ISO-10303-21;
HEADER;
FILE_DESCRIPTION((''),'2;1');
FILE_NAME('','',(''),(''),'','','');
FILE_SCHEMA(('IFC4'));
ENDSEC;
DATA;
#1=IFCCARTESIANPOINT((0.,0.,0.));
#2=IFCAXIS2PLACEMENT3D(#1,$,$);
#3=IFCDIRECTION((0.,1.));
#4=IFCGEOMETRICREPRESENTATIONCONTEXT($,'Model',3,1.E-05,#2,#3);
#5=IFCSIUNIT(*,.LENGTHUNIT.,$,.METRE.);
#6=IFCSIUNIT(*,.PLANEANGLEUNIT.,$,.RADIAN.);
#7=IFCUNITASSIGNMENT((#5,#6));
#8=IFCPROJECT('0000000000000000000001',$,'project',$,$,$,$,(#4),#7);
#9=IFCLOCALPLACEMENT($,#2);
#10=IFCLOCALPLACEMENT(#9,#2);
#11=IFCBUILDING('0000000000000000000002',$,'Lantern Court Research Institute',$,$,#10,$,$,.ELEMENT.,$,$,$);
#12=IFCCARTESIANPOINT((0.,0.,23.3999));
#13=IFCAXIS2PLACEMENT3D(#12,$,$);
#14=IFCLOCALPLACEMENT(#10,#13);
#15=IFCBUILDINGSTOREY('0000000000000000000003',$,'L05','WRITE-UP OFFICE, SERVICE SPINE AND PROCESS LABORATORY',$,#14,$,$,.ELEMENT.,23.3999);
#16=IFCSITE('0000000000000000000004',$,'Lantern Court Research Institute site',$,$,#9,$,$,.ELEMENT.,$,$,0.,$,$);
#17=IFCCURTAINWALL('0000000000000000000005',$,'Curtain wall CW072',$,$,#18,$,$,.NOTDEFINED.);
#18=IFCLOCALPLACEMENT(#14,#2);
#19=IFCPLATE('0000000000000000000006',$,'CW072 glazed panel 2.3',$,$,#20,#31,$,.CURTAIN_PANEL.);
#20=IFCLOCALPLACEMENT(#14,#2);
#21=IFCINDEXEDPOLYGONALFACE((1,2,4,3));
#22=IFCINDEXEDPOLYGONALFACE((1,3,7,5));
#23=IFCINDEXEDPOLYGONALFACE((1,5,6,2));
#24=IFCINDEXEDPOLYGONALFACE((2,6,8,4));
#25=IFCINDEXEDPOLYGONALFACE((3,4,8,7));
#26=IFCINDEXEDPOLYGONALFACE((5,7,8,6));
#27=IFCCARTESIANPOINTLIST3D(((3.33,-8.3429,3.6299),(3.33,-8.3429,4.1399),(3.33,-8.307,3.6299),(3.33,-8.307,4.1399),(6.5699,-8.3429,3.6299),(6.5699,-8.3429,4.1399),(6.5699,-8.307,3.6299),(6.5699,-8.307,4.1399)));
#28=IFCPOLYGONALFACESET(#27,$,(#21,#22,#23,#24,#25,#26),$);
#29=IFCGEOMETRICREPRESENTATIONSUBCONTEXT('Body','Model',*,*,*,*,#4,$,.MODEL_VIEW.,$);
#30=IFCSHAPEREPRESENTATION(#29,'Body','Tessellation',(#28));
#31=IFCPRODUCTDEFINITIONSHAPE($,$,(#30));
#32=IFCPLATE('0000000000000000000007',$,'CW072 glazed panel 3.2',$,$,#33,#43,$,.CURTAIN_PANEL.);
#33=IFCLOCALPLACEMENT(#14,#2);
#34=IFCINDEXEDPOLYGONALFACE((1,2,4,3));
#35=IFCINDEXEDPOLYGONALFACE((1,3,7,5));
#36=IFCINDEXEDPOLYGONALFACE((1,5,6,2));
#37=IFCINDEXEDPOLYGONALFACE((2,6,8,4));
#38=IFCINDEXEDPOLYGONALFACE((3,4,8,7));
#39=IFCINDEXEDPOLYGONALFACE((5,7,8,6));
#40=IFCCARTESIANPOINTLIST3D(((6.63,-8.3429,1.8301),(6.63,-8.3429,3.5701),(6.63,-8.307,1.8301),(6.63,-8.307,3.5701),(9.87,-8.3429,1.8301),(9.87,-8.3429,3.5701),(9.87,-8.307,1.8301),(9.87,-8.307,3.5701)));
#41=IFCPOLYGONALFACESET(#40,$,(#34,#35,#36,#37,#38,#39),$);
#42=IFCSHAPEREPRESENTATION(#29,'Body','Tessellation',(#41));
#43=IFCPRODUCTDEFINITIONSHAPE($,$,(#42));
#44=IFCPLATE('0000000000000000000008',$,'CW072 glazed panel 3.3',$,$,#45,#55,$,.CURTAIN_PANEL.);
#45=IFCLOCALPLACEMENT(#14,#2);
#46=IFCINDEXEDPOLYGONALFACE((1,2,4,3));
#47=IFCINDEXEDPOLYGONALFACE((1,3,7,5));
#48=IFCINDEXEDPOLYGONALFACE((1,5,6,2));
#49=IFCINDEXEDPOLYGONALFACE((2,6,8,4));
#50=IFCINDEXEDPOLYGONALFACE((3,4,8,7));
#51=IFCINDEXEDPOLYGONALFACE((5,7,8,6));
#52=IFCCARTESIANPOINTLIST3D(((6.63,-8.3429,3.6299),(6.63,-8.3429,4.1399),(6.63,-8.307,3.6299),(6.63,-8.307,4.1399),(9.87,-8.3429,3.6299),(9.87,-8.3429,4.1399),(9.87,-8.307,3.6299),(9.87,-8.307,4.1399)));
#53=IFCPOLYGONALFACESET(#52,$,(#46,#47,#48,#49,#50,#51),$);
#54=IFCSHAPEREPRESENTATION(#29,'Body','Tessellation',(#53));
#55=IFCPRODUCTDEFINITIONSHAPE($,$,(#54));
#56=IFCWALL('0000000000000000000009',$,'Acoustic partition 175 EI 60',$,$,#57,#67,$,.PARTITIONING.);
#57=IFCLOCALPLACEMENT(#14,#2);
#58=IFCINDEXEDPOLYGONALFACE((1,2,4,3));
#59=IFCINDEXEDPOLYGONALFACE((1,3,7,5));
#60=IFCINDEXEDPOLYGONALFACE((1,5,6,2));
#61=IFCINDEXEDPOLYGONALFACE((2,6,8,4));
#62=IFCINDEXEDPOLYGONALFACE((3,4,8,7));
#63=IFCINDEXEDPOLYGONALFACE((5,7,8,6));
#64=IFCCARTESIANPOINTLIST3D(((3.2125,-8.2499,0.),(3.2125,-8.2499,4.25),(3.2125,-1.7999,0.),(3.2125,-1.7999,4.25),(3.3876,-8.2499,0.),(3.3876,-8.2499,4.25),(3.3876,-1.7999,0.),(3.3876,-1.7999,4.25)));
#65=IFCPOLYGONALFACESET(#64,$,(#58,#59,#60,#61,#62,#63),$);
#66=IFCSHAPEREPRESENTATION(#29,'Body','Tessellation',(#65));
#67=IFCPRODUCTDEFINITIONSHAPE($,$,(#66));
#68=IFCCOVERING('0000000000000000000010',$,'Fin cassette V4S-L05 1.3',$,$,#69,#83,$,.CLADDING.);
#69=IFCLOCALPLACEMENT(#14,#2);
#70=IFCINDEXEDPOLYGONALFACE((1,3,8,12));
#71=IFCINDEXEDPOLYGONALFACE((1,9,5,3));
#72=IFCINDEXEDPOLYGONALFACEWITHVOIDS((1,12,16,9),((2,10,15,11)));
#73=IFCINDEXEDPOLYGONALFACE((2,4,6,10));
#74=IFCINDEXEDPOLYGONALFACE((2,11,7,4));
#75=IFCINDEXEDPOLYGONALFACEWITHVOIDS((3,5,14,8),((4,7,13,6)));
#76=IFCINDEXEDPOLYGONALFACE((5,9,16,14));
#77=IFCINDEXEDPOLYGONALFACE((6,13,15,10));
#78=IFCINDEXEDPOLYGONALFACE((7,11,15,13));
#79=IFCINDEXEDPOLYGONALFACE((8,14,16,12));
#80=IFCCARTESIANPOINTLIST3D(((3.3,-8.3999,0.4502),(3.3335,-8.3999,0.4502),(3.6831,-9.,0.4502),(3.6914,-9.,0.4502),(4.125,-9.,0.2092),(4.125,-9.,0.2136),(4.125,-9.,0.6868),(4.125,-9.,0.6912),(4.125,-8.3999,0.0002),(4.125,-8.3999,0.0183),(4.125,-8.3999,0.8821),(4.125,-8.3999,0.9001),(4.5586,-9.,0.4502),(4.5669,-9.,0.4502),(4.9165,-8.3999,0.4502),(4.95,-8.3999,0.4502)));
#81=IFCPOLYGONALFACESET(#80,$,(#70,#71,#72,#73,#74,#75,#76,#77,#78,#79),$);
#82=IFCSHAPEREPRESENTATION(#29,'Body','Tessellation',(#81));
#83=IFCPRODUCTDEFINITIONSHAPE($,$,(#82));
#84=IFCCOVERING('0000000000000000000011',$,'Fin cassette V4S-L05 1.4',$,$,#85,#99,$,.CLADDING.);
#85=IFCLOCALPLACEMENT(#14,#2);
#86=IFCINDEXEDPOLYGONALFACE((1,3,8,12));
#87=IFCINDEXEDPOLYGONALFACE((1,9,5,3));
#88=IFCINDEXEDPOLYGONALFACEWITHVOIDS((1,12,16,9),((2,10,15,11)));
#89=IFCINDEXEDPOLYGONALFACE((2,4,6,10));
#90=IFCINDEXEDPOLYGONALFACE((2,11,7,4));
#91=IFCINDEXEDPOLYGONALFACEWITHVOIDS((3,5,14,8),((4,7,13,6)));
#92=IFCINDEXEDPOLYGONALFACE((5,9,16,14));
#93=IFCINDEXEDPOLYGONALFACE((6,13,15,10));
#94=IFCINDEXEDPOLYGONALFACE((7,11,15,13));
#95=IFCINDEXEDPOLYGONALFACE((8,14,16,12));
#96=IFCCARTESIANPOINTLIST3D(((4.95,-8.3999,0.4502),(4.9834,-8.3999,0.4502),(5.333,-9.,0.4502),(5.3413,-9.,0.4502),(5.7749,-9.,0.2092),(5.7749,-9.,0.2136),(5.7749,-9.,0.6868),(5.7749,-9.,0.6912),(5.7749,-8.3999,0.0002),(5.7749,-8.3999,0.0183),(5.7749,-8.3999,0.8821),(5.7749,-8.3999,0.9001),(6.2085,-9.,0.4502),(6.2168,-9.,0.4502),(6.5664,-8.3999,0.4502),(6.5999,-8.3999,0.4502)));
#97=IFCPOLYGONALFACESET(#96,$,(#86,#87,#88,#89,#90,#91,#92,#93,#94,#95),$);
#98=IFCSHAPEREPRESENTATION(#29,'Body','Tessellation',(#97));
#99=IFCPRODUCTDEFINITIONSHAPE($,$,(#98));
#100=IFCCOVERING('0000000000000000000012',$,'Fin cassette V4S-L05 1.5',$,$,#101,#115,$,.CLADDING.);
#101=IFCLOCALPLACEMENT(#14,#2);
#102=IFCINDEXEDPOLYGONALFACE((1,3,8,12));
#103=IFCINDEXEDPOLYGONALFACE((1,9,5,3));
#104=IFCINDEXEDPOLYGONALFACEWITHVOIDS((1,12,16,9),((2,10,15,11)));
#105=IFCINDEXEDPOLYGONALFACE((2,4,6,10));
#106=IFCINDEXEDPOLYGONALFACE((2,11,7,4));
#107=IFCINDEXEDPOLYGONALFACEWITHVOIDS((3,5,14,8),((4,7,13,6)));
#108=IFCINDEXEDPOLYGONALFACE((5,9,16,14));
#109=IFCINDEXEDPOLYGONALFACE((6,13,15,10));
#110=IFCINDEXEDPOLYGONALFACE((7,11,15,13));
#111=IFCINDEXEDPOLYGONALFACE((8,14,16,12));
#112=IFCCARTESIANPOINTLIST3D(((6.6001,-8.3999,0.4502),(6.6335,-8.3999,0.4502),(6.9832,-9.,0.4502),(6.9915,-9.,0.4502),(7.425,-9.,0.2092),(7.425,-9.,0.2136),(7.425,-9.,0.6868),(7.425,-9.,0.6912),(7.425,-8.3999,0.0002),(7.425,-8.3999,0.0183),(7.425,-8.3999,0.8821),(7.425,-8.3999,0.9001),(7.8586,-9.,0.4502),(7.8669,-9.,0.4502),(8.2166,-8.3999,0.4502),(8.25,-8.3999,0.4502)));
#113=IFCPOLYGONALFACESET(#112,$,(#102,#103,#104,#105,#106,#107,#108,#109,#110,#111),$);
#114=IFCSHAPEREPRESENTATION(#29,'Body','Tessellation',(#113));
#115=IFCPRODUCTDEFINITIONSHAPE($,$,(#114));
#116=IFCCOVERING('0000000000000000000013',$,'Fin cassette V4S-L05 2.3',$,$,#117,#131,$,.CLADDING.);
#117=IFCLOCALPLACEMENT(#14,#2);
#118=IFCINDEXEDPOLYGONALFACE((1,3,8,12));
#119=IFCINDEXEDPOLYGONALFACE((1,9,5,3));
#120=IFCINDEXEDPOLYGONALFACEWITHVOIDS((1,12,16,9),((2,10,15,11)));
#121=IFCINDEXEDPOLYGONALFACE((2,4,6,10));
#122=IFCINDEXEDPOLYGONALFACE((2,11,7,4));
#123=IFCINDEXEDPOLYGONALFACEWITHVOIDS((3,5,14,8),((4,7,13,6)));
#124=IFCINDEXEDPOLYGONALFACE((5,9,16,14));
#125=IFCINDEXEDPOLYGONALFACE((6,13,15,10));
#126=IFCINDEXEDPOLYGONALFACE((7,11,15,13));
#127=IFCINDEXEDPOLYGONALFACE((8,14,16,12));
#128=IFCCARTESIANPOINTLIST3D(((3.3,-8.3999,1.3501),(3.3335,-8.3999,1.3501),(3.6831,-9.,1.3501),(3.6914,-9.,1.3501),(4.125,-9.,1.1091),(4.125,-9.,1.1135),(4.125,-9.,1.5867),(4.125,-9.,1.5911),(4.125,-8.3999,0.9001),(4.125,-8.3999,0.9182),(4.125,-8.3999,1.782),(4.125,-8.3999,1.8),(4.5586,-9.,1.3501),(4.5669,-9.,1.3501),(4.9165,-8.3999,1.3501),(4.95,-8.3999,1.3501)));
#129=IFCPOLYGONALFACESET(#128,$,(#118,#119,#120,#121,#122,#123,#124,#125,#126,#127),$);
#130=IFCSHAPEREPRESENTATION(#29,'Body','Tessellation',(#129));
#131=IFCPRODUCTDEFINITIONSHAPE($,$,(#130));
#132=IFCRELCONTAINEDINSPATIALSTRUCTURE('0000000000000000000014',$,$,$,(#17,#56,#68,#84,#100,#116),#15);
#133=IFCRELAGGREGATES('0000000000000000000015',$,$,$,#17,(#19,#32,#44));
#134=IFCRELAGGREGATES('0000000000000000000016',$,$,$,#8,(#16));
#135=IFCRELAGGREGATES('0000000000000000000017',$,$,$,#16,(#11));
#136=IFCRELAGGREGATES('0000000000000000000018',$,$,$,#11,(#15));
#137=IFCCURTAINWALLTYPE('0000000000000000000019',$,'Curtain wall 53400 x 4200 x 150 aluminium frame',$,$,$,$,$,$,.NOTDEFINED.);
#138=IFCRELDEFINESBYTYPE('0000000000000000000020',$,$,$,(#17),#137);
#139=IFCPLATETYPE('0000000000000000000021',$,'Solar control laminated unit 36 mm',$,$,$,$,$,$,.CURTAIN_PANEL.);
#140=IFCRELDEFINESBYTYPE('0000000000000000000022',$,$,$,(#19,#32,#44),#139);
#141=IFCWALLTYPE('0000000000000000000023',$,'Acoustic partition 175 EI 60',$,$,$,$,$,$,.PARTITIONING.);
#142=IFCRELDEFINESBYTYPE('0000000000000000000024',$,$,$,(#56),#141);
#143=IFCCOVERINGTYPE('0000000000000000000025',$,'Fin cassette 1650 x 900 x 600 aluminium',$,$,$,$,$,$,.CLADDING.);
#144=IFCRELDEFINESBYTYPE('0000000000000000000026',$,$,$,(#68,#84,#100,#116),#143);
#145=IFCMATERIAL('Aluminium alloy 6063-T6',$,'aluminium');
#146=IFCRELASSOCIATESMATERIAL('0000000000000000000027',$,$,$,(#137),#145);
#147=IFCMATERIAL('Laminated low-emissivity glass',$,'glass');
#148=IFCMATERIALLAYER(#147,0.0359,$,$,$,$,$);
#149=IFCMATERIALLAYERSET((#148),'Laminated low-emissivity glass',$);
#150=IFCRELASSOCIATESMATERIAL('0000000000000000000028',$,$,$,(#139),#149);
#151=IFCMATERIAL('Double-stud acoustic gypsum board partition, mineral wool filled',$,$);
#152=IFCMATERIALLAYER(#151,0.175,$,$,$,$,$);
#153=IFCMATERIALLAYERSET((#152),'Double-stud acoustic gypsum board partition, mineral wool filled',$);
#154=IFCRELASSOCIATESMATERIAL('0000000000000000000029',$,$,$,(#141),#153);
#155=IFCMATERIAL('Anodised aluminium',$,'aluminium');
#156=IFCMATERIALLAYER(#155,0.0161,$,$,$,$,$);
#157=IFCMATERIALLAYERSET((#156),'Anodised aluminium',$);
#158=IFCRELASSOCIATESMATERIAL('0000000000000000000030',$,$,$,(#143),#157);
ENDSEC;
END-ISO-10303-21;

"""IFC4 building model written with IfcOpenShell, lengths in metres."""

from ifc_helpers import new_model, entity, si_unit, direction, frame, frame_2d, origin, origin_2d, place, context, subcontext, project, spatial, rectangle, extrude, material, layer, layer_set, type_object, element, aggregate, save


model = new_model("IFC4")

# Units and contexts
model_context = context("Model", 3, precision=1e-05, world=origin(), true_north=direction((0.0, 1.0)))
body_context = subcontext(model_context, "Body", "Model", "MODEL_VIEW")
ifc_project = project(units=[si_unit("LENGTHUNIT", "METRE"), si_unit("PLANEANGLEUNIT", "RADIAN")], contexts=[model_context])

# Site, building, storey
site_placement = place(None, origin())
site = spatial("IfcSite", under=ifc_project, at=site_placement, Name="Lantern Court Research Institute site", CompositionType="ELEMENT", RefElevation=0.0)
building_placement = place(site_placement, origin())
building = spatial("IfcBuilding", under=site, at=building_placement, Name="Lantern Court Research Institute", CompositionType="ELEMENT")
storey_placement = place(building_placement, frame((0.0, 0.0, 23.3999)))
storey = spatial("IfcBuildingStorey", under=building, at=storey_placement, Name="L05", Description="WRITE-UP OFFICE, SERVICE SPINE AND PROCESS LABORATORY", CompositionType="ELEMENT", Elevation=23.3999)

# Curtain wall
ifc_material_1 = material(Name="Aluminium alloy 6063-T6", Category="aluminium")
curtain_wall_type = type_object("IfcCurtainWallType", Name="Curtain wall 53400 x 4200 x 150 aluminium frame", PredefinedType="NOTDEFINED", material=ifc_material_1)
curtain_wall_placement = place(storey_placement, origin())
curtain_wall = element("IfcCurtainWall", 1, at=curtain_wall_placement, inside=storey, type_object=curtain_wall_type, Name="Curtain wall CW072", PredefinedType="NOTDEFINED")

# Plates
ifc_material_2 = material(Name="Laminated low-emissivity glass", Category="glass")
ifc_layer_1 = layer(ifc_material_2, 0.0359)
ifc_layer_set_1 = layer_set([ifc_layer_1], Name="Laminated low-emissivity glass")
plate_type_1 = type_object("IfcPlateType", Name="Solar control laminated unit 36 mm", PredefinedType="CURTAIN_PANEL", material=ifc_layer_set_1)
plate_1_placement = place(storey_placement, frame((4.95, -8.325, 3.6299), z_axis=(0.0, 0.0, 1.0), x_axis=(-1.0, 0.0, 0.0)))
plate_1 = element("IfcPlate", 2, at=plate_1_placement, type_object=plate_type_1, Name="CW072 glazed panel 2.3", PredefinedType="CURTAIN_PANEL", context=body_context, shape_type="SweptSolid", body=[
    extrude(rectangle(XDim=3.24, YDim=0.0359, at=origin_2d()), origin(), (0.0, 0.0, 1.0), 0.51),
])
plate_2_placement = place(storey_placement, frame((8.25, -8.325, 1.8301), z_axis=(0.0, 0.0, 1.0), x_axis=(-1.0, 0.0, 0.0)))
plate_2 = element("IfcPlate", 3, at=plate_2_placement, type_object=plate_type_1, Name="CW072 glazed panel 3.2", PredefinedType="CURTAIN_PANEL", context=body_context, shape_type="SweptSolid", body=[
    extrude(rectangle(XDim=3.24, YDim=0.0359, at=origin_2d()), origin(), (0.0, 0.0, 1.0), 1.74),
])
plate_3_placement = place(storey_placement, frame((8.25, -8.325, 3.6299), z_axis=(0.0, 0.0, 1.0), x_axis=(-1.0, 0.0, 0.0)))
plate_3 = element("IfcPlate", 4, at=plate_3_placement, type_object=plate_type_1, Name="CW072 glazed panel 3.3", PredefinedType="CURTAIN_PANEL", context=body_context, shape_type="SweptSolid", body=[
    extrude(rectangle(XDim=3.24, YDim=0.0359, at=origin_2d()), origin(), (0.0, 0.0, 1.0), 0.51),
])
aggregate(curtain_wall, [plate_1, plate_2, plate_3])

# Wall
ifc_material_3 = material(Name="Double-stud acoustic gypsum board partition, mineral wool filled")
ifc_layer_2 = layer(ifc_material_3, 0.175)
ifc_layer_set_2 = layer_set([ifc_layer_2], Name="Double-stud acoustic gypsum board partition, mineral wool filled")
wall_type = type_object("IfcWallType", Name="Acoustic partition 175 EI 60", PredefinedType="PARTITIONING", material=ifc_layer_set_2)
wall_placement = place(storey_placement, frame((3.3, -8.25, 0.0), z_axis=(0.0, 0.0, 1.0), x_axis=(0.0, 1.0, 0.0)))
element("IfcWall", 5, at=wall_placement, inside=storey, type_object=wall_type, Name="Acoustic partition 175 EI 60", PredefinedType="PARTITIONING", context=body_context, shape_type="SweptSolid", body=[
    extrude(rectangle(XDim=6.45, YDim=0.175, at=frame_2d((3.2251, 0.0))), origin(), (0.0, 0.0, 1.0), 4.25),
])

# Coverings
ifc_material_4 = material(Name="Anodised aluminium", Category="aluminium")
ifc_layer_3 = layer(ifc_material_4, 0.0161)
ifc_layer_set_3 = layer_set([ifc_layer_3], Name="Anodised aluminium")
covering_type = type_object("IfcCoveringType", Name="Fin cassette 1650 x 900 x 600 aluminium", PredefinedType="CLADDING", material=ifc_layer_set_3)
covering_1_placement = place(storey_placement, frame((4.125, -8.3999, 0.4502), z_axis=(0.0, -1.0, 0.0), x_axis=(1.0, 0.0, 0.0)))
cartesian_point_1 = entity("IfcCartesianPoint", [0.825, 0.0])
cartesian_point_2 = entity("IfcCartesianPoint", [0.7915, 0.0])
cartesian_point_3 = entity("IfcCartesianPoint", [0.4419, 0.0])
cartesian_point_4 = entity("IfcCartesianPoint", [0.4336, 0.0])
element("IfcCovering", 6, at=covering_1_placement, inside=storey, type_object=covering_type, Name="Fin cassette V4S-L05 1.3", PredefinedType="CLADDING", context=body_context, shape_type="SweptSolid", body=[
    entity("IfcExtrudedAreaSolidTapered", entity("IfcArbitraryProfileDefWithVoids", "AREA", None, entity("IfcPolyline", [cartesian_point_1, entity("IfcCartesianPoint", [0.0, 0.45]), entity("IfcCartesianPoint", [-0.825, 0.0]), entity("IfcCartesianPoint", [0.0, -0.45]), cartesian_point_1]), [entity("IfcPolyline", [cartesian_point_2, entity("IfcCartesianPoint", [0.0, 0.4319]), entity("IfcCartesianPoint", [-0.7915, 0.0]), entity("IfcCartesianPoint", [0.0, -0.4319]), cartesian_point_2])]), entity("IfcAxis2Placement3D", entity("IfcCartesianPoint", [0.0, 0.0, 0.0])), entity("IfcDirection", [0.0, 0.0, 1.0]), 0.6001, entity("IfcArbitraryProfileDefWithVoids", "AREA", None, entity("IfcPolyline", [cartesian_point_3, entity("IfcCartesianPoint", [0.0, 0.241]), entity("IfcCartesianPoint", [-0.4419, 0.0]), entity("IfcCartesianPoint", [0.0, -0.241]), cartesian_point_3]), [entity("IfcPolyline", [cartesian_point_4, entity("IfcCartesianPoint", [0.0, 0.2366]), entity("IfcCartesianPoint", [-0.4336, 0.0]), entity("IfcCartesianPoint", [0.0, -0.2366]), cartesian_point_4])])),
])
covering_2_placement = place(storey_placement, frame((5.7749, -8.3999, 0.4502), z_axis=(0.0, -1.0, 0.0), x_axis=(1.0, 0.0, 0.0)))
cartesian_point_5 = entity("IfcCartesianPoint", [0.825, 0.0])
cartesian_point_6 = entity("IfcCartesianPoint", [0.7915, 0.0])
cartesian_point_7 = entity("IfcCartesianPoint", [0.4419, 0.0])
cartesian_point_8 = entity("IfcCartesianPoint", [0.4336, 0.0])
element("IfcCovering", 7, at=covering_2_placement, inside=storey, type_object=covering_type, Name="Fin cassette V4S-L05 1.4", PredefinedType="CLADDING", context=body_context, shape_type="SweptSolid", body=[
    entity("IfcExtrudedAreaSolidTapered", entity("IfcArbitraryProfileDefWithVoids", "AREA", None, entity("IfcPolyline", [cartesian_point_5, entity("IfcCartesianPoint", [0.0, 0.45]), entity("IfcCartesianPoint", [-0.825, 0.0]), entity("IfcCartesianPoint", [0.0, -0.45]), cartesian_point_5]), [entity("IfcPolyline", [cartesian_point_6, entity("IfcCartesianPoint", [0.0, 0.4319]), entity("IfcCartesianPoint", [-0.7915, 0.0]), entity("IfcCartesianPoint", [0.0, -0.4319]), cartesian_point_6])]), entity("IfcAxis2Placement3D", entity("IfcCartesianPoint", [0.0, 0.0, 0.0])), entity("IfcDirection", [0.0, 0.0, 1.0]), 0.6001, entity("IfcArbitraryProfileDefWithVoids", "AREA", None, entity("IfcPolyline", [cartesian_point_7, entity("IfcCartesianPoint", [0.0, 0.241]), entity("IfcCartesianPoint", [-0.4419, 0.0]), entity("IfcCartesianPoint", [0.0, -0.241]), cartesian_point_7]), [entity("IfcPolyline", [cartesian_point_8, entity("IfcCartesianPoint", [0.0, 0.2366]), entity("IfcCartesianPoint", [-0.4336, 0.0]), entity("IfcCartesianPoint", [0.0, -0.2366]), cartesian_point_8])])),
])
covering_3_placement = place(storey_placement, frame((7.425, -8.3999, 0.4502), z_axis=(0.0, -1.0, 0.0), x_axis=(1.0, 0.0, 0.0)))
cartesian_point_9 = entity("IfcCartesianPoint", [0.825, 0.0])
cartesian_point_10 = entity("IfcCartesianPoint", [0.7915, 0.0])
cartesian_point_11 = entity("IfcCartesianPoint", [0.4419, 0.0])
cartesian_point_12 = entity("IfcCartesianPoint", [0.4336, 0.0])
element("IfcCovering", 8, at=covering_3_placement, inside=storey, type_object=covering_type, Name="Fin cassette V4S-L05 1.5", PredefinedType="CLADDING", context=body_context, shape_type="SweptSolid", body=[
    entity("IfcExtrudedAreaSolidTapered", entity("IfcArbitraryProfileDefWithVoids", "AREA", None, entity("IfcPolyline", [cartesian_point_9, entity("IfcCartesianPoint", [0.0, 0.45]), entity("IfcCartesianPoint", [-0.825, 0.0]), entity("IfcCartesianPoint", [0.0, -0.45]), cartesian_point_9]), [entity("IfcPolyline", [cartesian_point_10, entity("IfcCartesianPoint", [0.0, 0.4319]), entity("IfcCartesianPoint", [-0.7915, 0.0]), entity("IfcCartesianPoint", [0.0, -0.4319]), cartesian_point_10])]), entity("IfcAxis2Placement3D", entity("IfcCartesianPoint", [0.0, 0.0, 0.0])), entity("IfcDirection", [0.0, 0.0, 1.0]), 0.6001, entity("IfcArbitraryProfileDefWithVoids", "AREA", None, entity("IfcPolyline", [cartesian_point_11, entity("IfcCartesianPoint", [0.0, 0.241]), entity("IfcCartesianPoint", [-0.4419, 0.0]), entity("IfcCartesianPoint", [0.0, -0.241]), cartesian_point_11]), [entity("IfcPolyline", [cartesian_point_12, entity("IfcCartesianPoint", [0.0, 0.2366]), entity("IfcCartesianPoint", [-0.4336, 0.0]), entity("IfcCartesianPoint", [0.0, -0.2366]), cartesian_point_12])])),
])
covering_4_placement = place(storey_placement, frame((4.125, -8.3999, 1.3501), z_axis=(0.0, -1.0, 0.0), x_axis=(1.0, 0.0, 0.0)))
cartesian_point_13 = entity("IfcCartesianPoint", [0.825, 0.0])
cartesian_point_14 = entity("IfcCartesianPoint", [0.7915, 0.0])
cartesian_point_15 = entity("IfcCartesianPoint", [0.4419, 0.0])
cartesian_point_16 = entity("IfcCartesianPoint", [0.4336, 0.0])
element("IfcCovering", 9, at=covering_4_placement, inside=storey, type_object=covering_type, Name="Fin cassette V4S-L05 2.3", PredefinedType="CLADDING", context=body_context, shape_type="SweptSolid", body=[
    entity("IfcExtrudedAreaSolidTapered", entity("IfcArbitraryProfileDefWithVoids", "AREA", None, entity("IfcPolyline", [cartesian_point_13, entity("IfcCartesianPoint", [0.0, 0.45]), entity("IfcCartesianPoint", [-0.825, 0.0]), entity("IfcCartesianPoint", [0.0, -0.45]), cartesian_point_13]), [entity("IfcPolyline", [cartesian_point_14, entity("IfcCartesianPoint", [0.0, 0.4319]), entity("IfcCartesianPoint", [-0.7915, 0.0]), entity("IfcCartesianPoint", [0.0, -0.4319]), cartesian_point_14])]), entity("IfcAxis2Placement3D", entity("IfcCartesianPoint", [0.0, 0.0, 0.0])), entity("IfcDirection", [0.0, 0.0, 1.0]), 0.6001, entity("IfcArbitraryProfileDefWithVoids", "AREA", None, entity("IfcPolyline", [cartesian_point_15, entity("IfcCartesianPoint", [0.0, 0.241]), entity("IfcCartesianPoint", [-0.4419, 0.0]), entity("IfcCartesianPoint", [0.0, -0.241]), cartesian_point_15]), [entity("IfcPolyline", [cartesian_point_16, entity("IfcCartesianPoint", [0.0, 0.2366]), entity("IfcCartesianPoint", [-0.4336, 0.0]), entity("IfcCartesianPoint", [0.0, -0.2366]), cartesian_point_16])])),
])

save(model, "model.ifc")
